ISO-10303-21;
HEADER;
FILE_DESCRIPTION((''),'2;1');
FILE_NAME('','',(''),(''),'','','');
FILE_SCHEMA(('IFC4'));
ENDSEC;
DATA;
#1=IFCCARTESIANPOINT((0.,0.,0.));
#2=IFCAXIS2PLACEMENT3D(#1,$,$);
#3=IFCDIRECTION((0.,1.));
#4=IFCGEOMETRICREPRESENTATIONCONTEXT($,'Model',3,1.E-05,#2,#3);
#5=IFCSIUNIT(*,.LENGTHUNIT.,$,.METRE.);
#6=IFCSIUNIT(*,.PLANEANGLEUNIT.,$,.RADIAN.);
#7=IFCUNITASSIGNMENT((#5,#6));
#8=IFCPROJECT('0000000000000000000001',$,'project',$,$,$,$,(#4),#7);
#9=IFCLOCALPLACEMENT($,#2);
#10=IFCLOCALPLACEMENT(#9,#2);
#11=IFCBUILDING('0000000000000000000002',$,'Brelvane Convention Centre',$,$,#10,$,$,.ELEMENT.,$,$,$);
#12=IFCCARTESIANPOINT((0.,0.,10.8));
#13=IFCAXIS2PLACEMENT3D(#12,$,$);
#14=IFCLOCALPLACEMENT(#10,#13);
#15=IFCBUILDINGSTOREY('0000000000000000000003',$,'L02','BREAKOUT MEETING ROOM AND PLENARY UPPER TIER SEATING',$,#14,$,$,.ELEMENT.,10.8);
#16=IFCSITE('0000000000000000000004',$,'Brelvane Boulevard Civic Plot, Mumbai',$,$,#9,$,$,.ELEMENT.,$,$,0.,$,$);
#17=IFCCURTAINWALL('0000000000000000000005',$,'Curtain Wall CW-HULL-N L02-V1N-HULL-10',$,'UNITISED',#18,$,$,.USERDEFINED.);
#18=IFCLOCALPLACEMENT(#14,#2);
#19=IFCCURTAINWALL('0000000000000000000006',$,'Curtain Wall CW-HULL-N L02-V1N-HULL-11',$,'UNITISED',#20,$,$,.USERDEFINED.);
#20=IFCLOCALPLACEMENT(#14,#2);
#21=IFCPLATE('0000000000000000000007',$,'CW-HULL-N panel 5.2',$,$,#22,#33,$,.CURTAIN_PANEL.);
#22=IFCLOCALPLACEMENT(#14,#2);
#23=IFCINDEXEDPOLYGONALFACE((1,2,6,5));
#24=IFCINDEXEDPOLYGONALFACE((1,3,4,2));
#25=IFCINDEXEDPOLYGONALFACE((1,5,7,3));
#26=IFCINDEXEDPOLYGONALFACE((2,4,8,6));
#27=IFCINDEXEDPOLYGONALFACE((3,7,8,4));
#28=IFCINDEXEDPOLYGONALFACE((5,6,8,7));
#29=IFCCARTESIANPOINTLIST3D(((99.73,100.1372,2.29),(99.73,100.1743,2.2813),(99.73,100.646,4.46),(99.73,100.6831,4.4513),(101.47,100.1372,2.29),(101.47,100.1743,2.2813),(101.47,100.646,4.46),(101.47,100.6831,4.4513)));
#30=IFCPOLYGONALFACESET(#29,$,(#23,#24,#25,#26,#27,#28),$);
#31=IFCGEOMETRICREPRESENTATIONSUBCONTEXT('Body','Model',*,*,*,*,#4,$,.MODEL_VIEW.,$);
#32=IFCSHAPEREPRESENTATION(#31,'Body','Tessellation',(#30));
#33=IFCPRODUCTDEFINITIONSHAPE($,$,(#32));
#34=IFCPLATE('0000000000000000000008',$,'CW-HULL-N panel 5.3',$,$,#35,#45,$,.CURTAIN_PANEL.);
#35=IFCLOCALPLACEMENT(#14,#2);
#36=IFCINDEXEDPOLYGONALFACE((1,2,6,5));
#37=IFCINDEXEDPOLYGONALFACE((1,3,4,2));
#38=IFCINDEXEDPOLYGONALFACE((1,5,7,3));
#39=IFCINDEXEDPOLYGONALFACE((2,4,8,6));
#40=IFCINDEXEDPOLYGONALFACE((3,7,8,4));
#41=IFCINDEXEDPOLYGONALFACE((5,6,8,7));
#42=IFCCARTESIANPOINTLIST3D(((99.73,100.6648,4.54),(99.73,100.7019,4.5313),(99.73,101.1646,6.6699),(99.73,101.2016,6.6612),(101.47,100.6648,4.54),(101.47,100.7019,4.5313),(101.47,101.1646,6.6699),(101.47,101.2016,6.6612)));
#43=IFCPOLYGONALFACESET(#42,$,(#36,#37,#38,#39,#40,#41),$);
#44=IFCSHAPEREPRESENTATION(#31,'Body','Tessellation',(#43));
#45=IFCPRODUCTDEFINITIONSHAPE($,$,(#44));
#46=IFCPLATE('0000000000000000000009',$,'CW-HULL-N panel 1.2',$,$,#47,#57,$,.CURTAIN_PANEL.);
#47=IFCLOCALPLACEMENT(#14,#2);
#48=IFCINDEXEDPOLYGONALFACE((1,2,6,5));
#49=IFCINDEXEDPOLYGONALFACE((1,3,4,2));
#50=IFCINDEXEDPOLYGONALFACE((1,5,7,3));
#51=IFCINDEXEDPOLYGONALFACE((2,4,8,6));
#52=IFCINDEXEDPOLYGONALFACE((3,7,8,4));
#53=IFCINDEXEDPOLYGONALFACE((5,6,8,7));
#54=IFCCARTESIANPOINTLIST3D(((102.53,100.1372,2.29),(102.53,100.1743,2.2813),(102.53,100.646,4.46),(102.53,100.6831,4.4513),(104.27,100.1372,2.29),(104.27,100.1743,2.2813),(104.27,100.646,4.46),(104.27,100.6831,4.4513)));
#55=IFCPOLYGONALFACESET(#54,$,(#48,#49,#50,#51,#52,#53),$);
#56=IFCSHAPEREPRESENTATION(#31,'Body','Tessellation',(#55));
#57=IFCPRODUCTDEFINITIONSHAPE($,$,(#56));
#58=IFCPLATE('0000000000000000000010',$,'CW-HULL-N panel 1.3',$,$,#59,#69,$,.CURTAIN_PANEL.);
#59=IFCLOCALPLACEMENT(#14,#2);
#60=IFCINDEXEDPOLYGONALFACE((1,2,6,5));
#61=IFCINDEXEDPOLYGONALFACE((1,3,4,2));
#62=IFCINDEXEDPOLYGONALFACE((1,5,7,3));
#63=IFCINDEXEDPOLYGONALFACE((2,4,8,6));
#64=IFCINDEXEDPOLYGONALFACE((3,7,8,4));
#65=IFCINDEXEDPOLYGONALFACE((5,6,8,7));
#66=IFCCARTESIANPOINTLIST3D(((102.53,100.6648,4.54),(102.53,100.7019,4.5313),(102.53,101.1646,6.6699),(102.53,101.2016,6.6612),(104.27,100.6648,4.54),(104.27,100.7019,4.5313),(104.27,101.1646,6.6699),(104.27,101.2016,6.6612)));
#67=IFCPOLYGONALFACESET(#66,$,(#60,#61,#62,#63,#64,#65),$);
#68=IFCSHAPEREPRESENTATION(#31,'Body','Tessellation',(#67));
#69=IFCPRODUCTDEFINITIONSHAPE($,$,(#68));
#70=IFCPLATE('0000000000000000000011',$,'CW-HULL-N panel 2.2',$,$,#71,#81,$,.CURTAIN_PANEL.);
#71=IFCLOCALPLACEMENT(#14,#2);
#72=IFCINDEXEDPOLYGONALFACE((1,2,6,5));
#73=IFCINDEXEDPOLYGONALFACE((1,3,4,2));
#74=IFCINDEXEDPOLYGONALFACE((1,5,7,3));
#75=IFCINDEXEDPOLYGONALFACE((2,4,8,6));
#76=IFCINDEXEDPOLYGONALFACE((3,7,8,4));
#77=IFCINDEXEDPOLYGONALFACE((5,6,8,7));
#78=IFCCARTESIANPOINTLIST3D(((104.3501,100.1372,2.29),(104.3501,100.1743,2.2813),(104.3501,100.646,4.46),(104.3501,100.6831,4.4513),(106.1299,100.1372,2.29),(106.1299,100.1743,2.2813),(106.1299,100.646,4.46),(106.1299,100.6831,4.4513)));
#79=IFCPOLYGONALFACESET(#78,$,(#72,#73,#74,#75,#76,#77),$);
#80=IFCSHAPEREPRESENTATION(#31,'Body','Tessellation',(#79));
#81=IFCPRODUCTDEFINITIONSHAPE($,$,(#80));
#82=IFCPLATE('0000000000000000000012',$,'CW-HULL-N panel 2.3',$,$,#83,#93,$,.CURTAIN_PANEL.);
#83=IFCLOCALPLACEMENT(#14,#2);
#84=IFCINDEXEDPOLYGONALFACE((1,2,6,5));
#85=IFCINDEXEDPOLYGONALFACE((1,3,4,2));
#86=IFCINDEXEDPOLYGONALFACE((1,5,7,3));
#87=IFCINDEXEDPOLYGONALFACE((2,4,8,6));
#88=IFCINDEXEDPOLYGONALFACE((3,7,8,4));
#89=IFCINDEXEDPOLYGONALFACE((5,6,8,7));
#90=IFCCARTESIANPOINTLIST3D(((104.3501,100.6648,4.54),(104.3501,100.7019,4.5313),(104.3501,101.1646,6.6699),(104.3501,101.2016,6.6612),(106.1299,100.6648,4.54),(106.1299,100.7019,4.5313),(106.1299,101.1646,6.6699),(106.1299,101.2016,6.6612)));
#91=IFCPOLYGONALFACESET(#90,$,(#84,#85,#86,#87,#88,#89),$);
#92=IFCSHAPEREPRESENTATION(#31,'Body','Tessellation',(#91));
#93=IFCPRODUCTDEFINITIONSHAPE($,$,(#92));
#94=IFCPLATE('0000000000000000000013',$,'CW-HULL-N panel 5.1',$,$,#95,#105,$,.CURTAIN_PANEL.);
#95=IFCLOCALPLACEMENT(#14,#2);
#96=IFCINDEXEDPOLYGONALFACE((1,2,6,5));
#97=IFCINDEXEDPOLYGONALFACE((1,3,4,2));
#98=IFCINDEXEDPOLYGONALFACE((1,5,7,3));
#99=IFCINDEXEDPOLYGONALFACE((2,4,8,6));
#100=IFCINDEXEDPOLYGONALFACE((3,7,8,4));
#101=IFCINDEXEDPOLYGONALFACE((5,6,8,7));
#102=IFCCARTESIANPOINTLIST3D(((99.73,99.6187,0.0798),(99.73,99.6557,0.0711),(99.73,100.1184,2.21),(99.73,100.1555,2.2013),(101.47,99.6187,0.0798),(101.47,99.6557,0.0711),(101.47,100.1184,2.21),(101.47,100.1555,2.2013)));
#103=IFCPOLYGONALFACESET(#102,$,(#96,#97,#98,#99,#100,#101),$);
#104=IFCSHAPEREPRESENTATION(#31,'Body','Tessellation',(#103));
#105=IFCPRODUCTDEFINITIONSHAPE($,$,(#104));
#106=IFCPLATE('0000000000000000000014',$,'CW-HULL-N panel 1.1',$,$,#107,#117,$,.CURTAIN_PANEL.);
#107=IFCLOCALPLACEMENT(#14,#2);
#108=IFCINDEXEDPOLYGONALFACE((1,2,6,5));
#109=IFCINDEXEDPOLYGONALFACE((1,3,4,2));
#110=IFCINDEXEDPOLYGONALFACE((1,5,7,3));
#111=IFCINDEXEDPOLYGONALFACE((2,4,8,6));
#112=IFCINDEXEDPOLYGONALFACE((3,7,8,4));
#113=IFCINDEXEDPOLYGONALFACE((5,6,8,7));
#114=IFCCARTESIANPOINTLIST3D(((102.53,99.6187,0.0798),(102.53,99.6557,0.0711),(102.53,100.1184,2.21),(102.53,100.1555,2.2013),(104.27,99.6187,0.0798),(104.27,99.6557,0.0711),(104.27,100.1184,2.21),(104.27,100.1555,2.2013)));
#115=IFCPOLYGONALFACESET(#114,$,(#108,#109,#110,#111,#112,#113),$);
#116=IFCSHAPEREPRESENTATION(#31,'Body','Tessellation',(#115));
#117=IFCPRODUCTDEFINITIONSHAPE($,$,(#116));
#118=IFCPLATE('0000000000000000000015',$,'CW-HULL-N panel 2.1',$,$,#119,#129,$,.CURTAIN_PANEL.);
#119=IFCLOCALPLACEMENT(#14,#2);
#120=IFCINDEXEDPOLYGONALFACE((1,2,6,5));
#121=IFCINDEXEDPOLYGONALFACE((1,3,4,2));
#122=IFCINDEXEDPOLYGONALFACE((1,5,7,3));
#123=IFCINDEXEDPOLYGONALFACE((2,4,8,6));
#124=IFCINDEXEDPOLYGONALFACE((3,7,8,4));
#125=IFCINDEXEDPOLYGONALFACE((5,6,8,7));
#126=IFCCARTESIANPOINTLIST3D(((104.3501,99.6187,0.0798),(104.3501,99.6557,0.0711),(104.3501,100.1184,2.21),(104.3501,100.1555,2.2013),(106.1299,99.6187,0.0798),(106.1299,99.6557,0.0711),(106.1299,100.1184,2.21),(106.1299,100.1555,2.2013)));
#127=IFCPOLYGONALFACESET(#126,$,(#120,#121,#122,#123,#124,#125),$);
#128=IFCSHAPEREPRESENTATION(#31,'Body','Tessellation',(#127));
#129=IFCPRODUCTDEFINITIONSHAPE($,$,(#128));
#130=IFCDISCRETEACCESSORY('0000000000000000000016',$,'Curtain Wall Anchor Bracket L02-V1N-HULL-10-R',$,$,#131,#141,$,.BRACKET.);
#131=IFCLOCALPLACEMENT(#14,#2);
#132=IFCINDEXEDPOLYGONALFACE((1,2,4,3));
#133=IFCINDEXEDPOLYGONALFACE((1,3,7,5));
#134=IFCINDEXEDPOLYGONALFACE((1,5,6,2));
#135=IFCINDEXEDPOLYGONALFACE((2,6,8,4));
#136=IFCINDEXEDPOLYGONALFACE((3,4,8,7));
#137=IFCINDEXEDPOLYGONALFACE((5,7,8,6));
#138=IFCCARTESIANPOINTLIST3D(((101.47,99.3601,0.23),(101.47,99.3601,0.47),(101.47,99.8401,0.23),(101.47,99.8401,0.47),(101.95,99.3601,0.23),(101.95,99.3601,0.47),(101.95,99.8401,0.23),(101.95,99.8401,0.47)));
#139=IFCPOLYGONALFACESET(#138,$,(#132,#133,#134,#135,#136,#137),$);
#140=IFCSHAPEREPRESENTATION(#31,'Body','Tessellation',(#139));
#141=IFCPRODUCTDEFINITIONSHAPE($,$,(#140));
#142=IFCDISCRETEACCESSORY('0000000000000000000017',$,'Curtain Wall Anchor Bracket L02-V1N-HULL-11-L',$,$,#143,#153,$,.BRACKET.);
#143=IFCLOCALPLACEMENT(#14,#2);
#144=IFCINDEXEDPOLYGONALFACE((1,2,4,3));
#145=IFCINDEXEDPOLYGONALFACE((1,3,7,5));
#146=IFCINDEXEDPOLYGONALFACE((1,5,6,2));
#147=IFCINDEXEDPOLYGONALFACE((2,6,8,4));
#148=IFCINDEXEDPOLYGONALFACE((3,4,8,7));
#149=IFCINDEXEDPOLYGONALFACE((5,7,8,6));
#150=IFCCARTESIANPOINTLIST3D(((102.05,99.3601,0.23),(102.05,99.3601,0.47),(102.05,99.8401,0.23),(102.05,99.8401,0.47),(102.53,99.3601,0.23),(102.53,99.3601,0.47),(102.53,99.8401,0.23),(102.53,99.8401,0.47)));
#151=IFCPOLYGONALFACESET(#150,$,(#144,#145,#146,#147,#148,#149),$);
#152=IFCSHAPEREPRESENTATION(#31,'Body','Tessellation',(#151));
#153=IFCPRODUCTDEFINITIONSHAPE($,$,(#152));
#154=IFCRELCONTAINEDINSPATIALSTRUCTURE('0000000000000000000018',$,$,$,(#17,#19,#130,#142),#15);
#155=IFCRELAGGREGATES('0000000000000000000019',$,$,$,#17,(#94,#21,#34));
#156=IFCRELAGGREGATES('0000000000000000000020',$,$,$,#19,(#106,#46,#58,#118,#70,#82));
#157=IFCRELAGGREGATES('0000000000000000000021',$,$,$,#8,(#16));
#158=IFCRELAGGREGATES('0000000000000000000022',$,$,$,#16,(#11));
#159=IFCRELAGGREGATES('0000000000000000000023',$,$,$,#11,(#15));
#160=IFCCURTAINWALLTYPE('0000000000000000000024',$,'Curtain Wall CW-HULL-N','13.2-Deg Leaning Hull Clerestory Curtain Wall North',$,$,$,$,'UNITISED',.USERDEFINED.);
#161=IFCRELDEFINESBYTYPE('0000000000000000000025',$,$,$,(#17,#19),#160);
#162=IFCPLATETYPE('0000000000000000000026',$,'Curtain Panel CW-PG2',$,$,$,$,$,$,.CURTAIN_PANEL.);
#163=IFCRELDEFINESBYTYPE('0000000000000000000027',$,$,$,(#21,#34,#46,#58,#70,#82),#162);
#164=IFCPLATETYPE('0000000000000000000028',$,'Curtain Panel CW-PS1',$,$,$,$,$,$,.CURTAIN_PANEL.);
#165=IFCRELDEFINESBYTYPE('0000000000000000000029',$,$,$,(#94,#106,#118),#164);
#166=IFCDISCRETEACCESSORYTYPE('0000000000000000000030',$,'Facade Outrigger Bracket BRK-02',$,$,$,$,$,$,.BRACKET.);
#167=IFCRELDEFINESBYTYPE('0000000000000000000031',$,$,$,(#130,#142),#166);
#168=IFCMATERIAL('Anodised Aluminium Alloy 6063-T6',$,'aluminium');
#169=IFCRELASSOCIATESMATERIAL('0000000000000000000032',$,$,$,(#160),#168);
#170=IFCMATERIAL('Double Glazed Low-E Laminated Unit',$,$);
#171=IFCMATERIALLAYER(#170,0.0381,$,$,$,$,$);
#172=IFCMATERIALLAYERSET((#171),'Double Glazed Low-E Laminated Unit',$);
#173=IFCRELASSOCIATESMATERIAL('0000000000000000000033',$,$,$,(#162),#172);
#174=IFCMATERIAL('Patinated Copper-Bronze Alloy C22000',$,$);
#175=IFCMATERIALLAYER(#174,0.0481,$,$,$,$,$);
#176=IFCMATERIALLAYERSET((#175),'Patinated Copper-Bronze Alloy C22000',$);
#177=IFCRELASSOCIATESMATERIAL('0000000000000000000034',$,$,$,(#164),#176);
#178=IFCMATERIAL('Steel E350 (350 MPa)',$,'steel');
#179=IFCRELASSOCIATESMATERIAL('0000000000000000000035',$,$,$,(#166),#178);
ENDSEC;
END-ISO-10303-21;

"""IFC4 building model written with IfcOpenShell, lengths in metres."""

from ifc_helpers import new_model, si_unit, direction, frame, origin, origin_2d, place, context, subcontext, project, spatial, polyline, rectangle, outline, extrude, material, layer, layer_set, type_object, element, aggregate, save


model = new_model("IFC4")

# Units and contexts
model_context = context("Model", 3, precision=1e-05, world=origin(), true_north=direction((0.0, 1.0)))
body_context = subcontext(model_context, "Body", "Model", "MODEL_VIEW")
ifc_project = project(units=[si_unit("LENGTHUNIT", "METRE"), si_unit("PLANEANGLEUNIT", "RADIAN")], contexts=[model_context])

# Site, building, storey
site_placement = place(None, origin())
site = spatial("IfcSite", under=ifc_project, at=site_placement, Name="Brelvane Boulevard Civic Plot, Mumbai", CompositionType="ELEMENT", RefElevation=0.0)
building_placement = place(site_placement, origin())
building = spatial("IfcBuilding", under=site, at=building_placement, Name="Brelvane Convention Centre", CompositionType="ELEMENT")
storey_placement = place(building_placement, frame((0.0, 0.0, 10.8)))
storey = spatial("IfcBuildingStorey", under=building, at=storey_placement, Name="L02", Description="BREAKOUT MEETING ROOM AND PLENARY UPPER TIER SEATING", CompositionType="ELEMENT", Elevation=10.8)

# Curtain walls
ifc_material_1 = material(Name="Anodised Aluminium Alloy 6063-T6", Category="aluminium")
curtain_wall_type = type_object("IfcCurtainWallType", Name="Curtain Wall CW-HULL-N", Description="13.2-Deg Leaning Hull Clerestory Curtain Wall North", ElementType="UNITISED", PredefinedType="USERDEFINED", material=ifc_material_1)
curtain_wall_1_placement = place(storey_placement, origin())
curtain_wall_1 = element("IfcCurtainWall", 1, at=curtain_wall_1_placement, inside=storey, type_object=curtain_wall_type, Name="Curtain Wall CW-HULL-N L02-V1N-HULL-10", ObjectType="UNITISED", PredefinedType="USERDEFINED")
curtain_wall_2_placement = place(storey_placement, origin())
curtain_wall_2 = element("IfcCurtainWall", 2, at=curtain_wall_2_placement, inside=storey, type_object=curtain_wall_type, Name="Curtain Wall CW-HULL-N L02-V1N-HULL-11", ObjectType="UNITISED", PredefinedType="USERDEFINED")

# Plates
ifc_material_2 = material(Name="Double Glazed Low-E Laminated Unit")
ifc_layer_1 = layer(ifc_material_2, 0.0381)
ifc_layer_set_1 = layer_set([ifc_layer_1], Name="Double Glazed Low-E Laminated Unit")
plate_type_1 = type_object("IfcPlateType", Name="Curtain Panel CW-PG2", PredefinedType="CURTAIN_PANEL", material=ifc_layer_set_1)
plate_1_placement = place(storey_placement, frame((99.73, 100.1372, 2.29), z_axis=(0.0, -0.973595, 0.228282), x_axis=(1.0, 0.0, 0.0)))
plate_1 = element("IfcPlate", 3, at=plate_1_placement, type_object=plate_type_1, Name="CW-HULL-N panel 5.2", PredefinedType="CURTAIN_PANEL", context=body_context, shape_type="SweptSolid", body=[
    extrude(outline(polyline([(0.0, 0.0), (1.74, 0.0), (1.74, 2.2288), (0.0, 2.2288), (0.0, 0.0)])), origin(), (0.0, 0.0, -1.0), 0.0381),
])
plate_2_placement = place(storey_placement, frame((99.73, 100.6648, 4.54), z_axis=(0.0, -0.973559, 0.228436), x_axis=(1.0, 0.0, 0.0)))
plate_2 = element("IfcPlate", 4, at=plate_2_placement, type_object=plate_type_1, Name="CW-HULL-N panel 5.3", PredefinedType="CURTAIN_PANEL", context=body_context, shape_type="SweptSolid", body=[
    extrude(outline(polyline([(0.0, 0.0), (1.74, 0.0), (1.74, 2.1877), (0.0, 2.1877), (0.0, 0.0)])), origin(), (0.0, 0.0, -1.0), 0.0381),
])
plate_3_placement = place(storey_placement, frame((102.53, 100.1372, 2.29), z_axis=(0.0, -0.973595, 0.228282), x_axis=(1.0, 0.0, 0.0)))
plate_3 = element("IfcPlate", 5, at=plate_3_placement, type_object=plate_type_1, Name="CW-HULL-N panel 1.2", PredefinedType="CURTAIN_PANEL", context=body_context, shape_type="SweptSolid", body=[
    extrude(outline(polyline([(0.0, 0.0), (1.74, 0.0), (1.74, 2.2288), (0.0, 2.2288), (0.0, 0.0)])), origin(), (0.0, 0.0, -1.0), 0.0381),
])
plate_4_placement = place(storey_placement, frame((102.53, 100.6648, 4.54), z_axis=(0.0, -0.973559, 0.228436), x_axis=(1.0, 0.0, 0.0)))
plate_4 = element("IfcPlate", 6, at=plate_4_placement, type_object=plate_type_1, Name="CW-HULL-N panel 1.3", PredefinedType="CURTAIN_PANEL", context=body_context, shape_type="SweptSolid", body=[
    extrude(outline(polyline([(0.0, 0.0), (1.74, 0.0), (1.74, 2.1877), (0.0, 2.1877), (0.0, 0.0)])), origin(), (0.0, 0.0, -1.0), 0.0381),
])
plate_5_placement = place(storey_placement, frame((104.3501, 100.1372, 2.29), z_axis=(0.0, -0.973595, 0.228282), x_axis=(1.0, 0.0, 0.0)))
plate_5 = element("IfcPlate", 7, at=plate_5_placement, type_object=plate_type_1, Name="CW-HULL-N panel 2.2", PredefinedType="CURTAIN_PANEL", context=body_context, shape_type="SweptSolid", body=[
    extrude(outline(polyline([(0.0, 0.0), (1.7798, 0.0), (1.7798, 2.2288), (0.0, 2.2288), (0.0, 0.0)])), origin(), (0.0, 0.0, -1.0), 0.0381),
])
plate_6_placement = place(storey_placement, frame((104.3501, 100.6648, 4.54), z_axis=(0.0, -0.973559, 0.228436), x_axis=(1.0, 0.0, 0.0)))
plate_6 = element("IfcPlate", 8, at=plate_6_placement, type_object=plate_type_1, Name="CW-HULL-N panel 2.3", PredefinedType="CURTAIN_PANEL", context=body_context, shape_type="SweptSolid", body=[
    extrude(outline(polyline([(0.0, 0.0), (1.7798, 0.0), (1.7798, 2.1877), (0.0, 2.1877), (0.0, 0.0)])), origin(), (0.0, 0.0, -1.0), 0.0381),
])
ifc_material_3 = material(Name="Patinated Copper-Bronze Alloy C22000")
ifc_layer_2 = layer(ifc_material_3, 0.0481)
ifc_layer_set_2 = layer_set([ifc_layer_2], Name="Patinated Copper-Bronze Alloy C22000")
plate_type_2 = type_object("IfcPlateType", Name="Curtain Panel CW-PS1", PredefinedType="CURTAIN_PANEL", material=ifc_layer_set_2)
plate_7_placement = place(storey_placement, frame((99.73, 99.6187, 0.0798), z_axis=(0.0, -0.973565, 0.228411), x_axis=(1.0, 0.0, 0.0)))
plate_7 = element("IfcPlate", 9, at=plate_7_placement, type_object=plate_type_2, Name="CW-HULL-N panel 5.1", PredefinedType="CURTAIN_PANEL", context=body_context, shape_type="SweptSolid", body=[
    extrude(outline(polyline([(0.0, 0.0), (1.74, 0.0), (1.74, 2.188), (0.0, 2.188), (0.0, 0.0)])), origin(), (0.0, 0.0, -1.0), 0.0381),
])
aggregate(curtain_wall_1, [plate_7, plate_1, plate_2])
plate_8_placement = place(storey_placement, frame((102.53, 99.6187, 0.0798), z_axis=(0.0, -0.973565, 0.228411), x_axis=(1.0, 0.0, 0.0)))
plate_8 = element("IfcPlate", 10, at=plate_8_placement, type_object=plate_type_2, Name="CW-HULL-N panel 1.1", PredefinedType="CURTAIN_PANEL", context=body_context, shape_type="SweptSolid", body=[
    extrude(outline(polyline([(0.0, 0.0), (1.74, 0.0), (1.74, 2.188), (0.0, 2.188), (0.0, 0.0)])), origin(), (0.0, 0.0, -1.0), 0.0381),
])
plate_9_placement = place(storey_placement, frame((104.3501, 99.6187, 0.0798), z_axis=(0.0, -0.973565, 0.228411), x_axis=(1.0, 0.0, 0.0)))
plate_9 = element("IfcPlate", 11, at=plate_9_placement, type_object=plate_type_2, Name="CW-HULL-N panel 2.1", PredefinedType="CURTAIN_PANEL", context=body_context, shape_type="SweptSolid", body=[
    extrude(outline(polyline([(0.0, 0.0), (1.7798, 0.0), (1.7798, 2.188), (0.0, 2.188), (0.0, 0.0)])), origin(), (0.0, 0.0, -1.0), 0.0381),
])
aggregate(curtain_wall_2, [plate_8, plate_3, plate_4, plate_9, plate_5, plate_6])

# Discrete accessories
ifc_material_4 = material(Name="Steel E350 (350 MPa)", Category="steel")
discrete_accessory_type = type_object("IfcDiscreteAccessoryType", Name="Facade Outrigger Bracket BRK-02", PredefinedType="BRACKET", material=ifc_material_4)
for number, where, z_axis, x_axis, name in (
    (12, (101.71, 99.6001, 0.23), (0.0, 0.0, 1.0), (1.0, 0.0, 0.0), "Curtain Wall Anchor Bracket L02-V1N-HULL-10-R"),
    (13, (102.29, 99.6001, 0.23), (0.0, 0.0, 1.0), (1.0, 0.0, 0.0), "Curtain Wall Anchor Bracket L02-V1N-HULL-11-L"),
):
    element("IfcDiscreteAccessory", number, at=place(storey_placement, frame(where, z_axis=z_axis, x_axis=x_axis)), inside=storey, type_object=discrete_accessory_type, Name=name, PredefinedType="BRACKET", context=body_context, shape_type="SweptSolid", body=[
        extrude(rectangle(XDim=0.48, YDim=0.48, at=origin_2d()), origin(), (0.0, 0.0, 1.0), 0.24),
    ])

save(model, "model.ifc")
